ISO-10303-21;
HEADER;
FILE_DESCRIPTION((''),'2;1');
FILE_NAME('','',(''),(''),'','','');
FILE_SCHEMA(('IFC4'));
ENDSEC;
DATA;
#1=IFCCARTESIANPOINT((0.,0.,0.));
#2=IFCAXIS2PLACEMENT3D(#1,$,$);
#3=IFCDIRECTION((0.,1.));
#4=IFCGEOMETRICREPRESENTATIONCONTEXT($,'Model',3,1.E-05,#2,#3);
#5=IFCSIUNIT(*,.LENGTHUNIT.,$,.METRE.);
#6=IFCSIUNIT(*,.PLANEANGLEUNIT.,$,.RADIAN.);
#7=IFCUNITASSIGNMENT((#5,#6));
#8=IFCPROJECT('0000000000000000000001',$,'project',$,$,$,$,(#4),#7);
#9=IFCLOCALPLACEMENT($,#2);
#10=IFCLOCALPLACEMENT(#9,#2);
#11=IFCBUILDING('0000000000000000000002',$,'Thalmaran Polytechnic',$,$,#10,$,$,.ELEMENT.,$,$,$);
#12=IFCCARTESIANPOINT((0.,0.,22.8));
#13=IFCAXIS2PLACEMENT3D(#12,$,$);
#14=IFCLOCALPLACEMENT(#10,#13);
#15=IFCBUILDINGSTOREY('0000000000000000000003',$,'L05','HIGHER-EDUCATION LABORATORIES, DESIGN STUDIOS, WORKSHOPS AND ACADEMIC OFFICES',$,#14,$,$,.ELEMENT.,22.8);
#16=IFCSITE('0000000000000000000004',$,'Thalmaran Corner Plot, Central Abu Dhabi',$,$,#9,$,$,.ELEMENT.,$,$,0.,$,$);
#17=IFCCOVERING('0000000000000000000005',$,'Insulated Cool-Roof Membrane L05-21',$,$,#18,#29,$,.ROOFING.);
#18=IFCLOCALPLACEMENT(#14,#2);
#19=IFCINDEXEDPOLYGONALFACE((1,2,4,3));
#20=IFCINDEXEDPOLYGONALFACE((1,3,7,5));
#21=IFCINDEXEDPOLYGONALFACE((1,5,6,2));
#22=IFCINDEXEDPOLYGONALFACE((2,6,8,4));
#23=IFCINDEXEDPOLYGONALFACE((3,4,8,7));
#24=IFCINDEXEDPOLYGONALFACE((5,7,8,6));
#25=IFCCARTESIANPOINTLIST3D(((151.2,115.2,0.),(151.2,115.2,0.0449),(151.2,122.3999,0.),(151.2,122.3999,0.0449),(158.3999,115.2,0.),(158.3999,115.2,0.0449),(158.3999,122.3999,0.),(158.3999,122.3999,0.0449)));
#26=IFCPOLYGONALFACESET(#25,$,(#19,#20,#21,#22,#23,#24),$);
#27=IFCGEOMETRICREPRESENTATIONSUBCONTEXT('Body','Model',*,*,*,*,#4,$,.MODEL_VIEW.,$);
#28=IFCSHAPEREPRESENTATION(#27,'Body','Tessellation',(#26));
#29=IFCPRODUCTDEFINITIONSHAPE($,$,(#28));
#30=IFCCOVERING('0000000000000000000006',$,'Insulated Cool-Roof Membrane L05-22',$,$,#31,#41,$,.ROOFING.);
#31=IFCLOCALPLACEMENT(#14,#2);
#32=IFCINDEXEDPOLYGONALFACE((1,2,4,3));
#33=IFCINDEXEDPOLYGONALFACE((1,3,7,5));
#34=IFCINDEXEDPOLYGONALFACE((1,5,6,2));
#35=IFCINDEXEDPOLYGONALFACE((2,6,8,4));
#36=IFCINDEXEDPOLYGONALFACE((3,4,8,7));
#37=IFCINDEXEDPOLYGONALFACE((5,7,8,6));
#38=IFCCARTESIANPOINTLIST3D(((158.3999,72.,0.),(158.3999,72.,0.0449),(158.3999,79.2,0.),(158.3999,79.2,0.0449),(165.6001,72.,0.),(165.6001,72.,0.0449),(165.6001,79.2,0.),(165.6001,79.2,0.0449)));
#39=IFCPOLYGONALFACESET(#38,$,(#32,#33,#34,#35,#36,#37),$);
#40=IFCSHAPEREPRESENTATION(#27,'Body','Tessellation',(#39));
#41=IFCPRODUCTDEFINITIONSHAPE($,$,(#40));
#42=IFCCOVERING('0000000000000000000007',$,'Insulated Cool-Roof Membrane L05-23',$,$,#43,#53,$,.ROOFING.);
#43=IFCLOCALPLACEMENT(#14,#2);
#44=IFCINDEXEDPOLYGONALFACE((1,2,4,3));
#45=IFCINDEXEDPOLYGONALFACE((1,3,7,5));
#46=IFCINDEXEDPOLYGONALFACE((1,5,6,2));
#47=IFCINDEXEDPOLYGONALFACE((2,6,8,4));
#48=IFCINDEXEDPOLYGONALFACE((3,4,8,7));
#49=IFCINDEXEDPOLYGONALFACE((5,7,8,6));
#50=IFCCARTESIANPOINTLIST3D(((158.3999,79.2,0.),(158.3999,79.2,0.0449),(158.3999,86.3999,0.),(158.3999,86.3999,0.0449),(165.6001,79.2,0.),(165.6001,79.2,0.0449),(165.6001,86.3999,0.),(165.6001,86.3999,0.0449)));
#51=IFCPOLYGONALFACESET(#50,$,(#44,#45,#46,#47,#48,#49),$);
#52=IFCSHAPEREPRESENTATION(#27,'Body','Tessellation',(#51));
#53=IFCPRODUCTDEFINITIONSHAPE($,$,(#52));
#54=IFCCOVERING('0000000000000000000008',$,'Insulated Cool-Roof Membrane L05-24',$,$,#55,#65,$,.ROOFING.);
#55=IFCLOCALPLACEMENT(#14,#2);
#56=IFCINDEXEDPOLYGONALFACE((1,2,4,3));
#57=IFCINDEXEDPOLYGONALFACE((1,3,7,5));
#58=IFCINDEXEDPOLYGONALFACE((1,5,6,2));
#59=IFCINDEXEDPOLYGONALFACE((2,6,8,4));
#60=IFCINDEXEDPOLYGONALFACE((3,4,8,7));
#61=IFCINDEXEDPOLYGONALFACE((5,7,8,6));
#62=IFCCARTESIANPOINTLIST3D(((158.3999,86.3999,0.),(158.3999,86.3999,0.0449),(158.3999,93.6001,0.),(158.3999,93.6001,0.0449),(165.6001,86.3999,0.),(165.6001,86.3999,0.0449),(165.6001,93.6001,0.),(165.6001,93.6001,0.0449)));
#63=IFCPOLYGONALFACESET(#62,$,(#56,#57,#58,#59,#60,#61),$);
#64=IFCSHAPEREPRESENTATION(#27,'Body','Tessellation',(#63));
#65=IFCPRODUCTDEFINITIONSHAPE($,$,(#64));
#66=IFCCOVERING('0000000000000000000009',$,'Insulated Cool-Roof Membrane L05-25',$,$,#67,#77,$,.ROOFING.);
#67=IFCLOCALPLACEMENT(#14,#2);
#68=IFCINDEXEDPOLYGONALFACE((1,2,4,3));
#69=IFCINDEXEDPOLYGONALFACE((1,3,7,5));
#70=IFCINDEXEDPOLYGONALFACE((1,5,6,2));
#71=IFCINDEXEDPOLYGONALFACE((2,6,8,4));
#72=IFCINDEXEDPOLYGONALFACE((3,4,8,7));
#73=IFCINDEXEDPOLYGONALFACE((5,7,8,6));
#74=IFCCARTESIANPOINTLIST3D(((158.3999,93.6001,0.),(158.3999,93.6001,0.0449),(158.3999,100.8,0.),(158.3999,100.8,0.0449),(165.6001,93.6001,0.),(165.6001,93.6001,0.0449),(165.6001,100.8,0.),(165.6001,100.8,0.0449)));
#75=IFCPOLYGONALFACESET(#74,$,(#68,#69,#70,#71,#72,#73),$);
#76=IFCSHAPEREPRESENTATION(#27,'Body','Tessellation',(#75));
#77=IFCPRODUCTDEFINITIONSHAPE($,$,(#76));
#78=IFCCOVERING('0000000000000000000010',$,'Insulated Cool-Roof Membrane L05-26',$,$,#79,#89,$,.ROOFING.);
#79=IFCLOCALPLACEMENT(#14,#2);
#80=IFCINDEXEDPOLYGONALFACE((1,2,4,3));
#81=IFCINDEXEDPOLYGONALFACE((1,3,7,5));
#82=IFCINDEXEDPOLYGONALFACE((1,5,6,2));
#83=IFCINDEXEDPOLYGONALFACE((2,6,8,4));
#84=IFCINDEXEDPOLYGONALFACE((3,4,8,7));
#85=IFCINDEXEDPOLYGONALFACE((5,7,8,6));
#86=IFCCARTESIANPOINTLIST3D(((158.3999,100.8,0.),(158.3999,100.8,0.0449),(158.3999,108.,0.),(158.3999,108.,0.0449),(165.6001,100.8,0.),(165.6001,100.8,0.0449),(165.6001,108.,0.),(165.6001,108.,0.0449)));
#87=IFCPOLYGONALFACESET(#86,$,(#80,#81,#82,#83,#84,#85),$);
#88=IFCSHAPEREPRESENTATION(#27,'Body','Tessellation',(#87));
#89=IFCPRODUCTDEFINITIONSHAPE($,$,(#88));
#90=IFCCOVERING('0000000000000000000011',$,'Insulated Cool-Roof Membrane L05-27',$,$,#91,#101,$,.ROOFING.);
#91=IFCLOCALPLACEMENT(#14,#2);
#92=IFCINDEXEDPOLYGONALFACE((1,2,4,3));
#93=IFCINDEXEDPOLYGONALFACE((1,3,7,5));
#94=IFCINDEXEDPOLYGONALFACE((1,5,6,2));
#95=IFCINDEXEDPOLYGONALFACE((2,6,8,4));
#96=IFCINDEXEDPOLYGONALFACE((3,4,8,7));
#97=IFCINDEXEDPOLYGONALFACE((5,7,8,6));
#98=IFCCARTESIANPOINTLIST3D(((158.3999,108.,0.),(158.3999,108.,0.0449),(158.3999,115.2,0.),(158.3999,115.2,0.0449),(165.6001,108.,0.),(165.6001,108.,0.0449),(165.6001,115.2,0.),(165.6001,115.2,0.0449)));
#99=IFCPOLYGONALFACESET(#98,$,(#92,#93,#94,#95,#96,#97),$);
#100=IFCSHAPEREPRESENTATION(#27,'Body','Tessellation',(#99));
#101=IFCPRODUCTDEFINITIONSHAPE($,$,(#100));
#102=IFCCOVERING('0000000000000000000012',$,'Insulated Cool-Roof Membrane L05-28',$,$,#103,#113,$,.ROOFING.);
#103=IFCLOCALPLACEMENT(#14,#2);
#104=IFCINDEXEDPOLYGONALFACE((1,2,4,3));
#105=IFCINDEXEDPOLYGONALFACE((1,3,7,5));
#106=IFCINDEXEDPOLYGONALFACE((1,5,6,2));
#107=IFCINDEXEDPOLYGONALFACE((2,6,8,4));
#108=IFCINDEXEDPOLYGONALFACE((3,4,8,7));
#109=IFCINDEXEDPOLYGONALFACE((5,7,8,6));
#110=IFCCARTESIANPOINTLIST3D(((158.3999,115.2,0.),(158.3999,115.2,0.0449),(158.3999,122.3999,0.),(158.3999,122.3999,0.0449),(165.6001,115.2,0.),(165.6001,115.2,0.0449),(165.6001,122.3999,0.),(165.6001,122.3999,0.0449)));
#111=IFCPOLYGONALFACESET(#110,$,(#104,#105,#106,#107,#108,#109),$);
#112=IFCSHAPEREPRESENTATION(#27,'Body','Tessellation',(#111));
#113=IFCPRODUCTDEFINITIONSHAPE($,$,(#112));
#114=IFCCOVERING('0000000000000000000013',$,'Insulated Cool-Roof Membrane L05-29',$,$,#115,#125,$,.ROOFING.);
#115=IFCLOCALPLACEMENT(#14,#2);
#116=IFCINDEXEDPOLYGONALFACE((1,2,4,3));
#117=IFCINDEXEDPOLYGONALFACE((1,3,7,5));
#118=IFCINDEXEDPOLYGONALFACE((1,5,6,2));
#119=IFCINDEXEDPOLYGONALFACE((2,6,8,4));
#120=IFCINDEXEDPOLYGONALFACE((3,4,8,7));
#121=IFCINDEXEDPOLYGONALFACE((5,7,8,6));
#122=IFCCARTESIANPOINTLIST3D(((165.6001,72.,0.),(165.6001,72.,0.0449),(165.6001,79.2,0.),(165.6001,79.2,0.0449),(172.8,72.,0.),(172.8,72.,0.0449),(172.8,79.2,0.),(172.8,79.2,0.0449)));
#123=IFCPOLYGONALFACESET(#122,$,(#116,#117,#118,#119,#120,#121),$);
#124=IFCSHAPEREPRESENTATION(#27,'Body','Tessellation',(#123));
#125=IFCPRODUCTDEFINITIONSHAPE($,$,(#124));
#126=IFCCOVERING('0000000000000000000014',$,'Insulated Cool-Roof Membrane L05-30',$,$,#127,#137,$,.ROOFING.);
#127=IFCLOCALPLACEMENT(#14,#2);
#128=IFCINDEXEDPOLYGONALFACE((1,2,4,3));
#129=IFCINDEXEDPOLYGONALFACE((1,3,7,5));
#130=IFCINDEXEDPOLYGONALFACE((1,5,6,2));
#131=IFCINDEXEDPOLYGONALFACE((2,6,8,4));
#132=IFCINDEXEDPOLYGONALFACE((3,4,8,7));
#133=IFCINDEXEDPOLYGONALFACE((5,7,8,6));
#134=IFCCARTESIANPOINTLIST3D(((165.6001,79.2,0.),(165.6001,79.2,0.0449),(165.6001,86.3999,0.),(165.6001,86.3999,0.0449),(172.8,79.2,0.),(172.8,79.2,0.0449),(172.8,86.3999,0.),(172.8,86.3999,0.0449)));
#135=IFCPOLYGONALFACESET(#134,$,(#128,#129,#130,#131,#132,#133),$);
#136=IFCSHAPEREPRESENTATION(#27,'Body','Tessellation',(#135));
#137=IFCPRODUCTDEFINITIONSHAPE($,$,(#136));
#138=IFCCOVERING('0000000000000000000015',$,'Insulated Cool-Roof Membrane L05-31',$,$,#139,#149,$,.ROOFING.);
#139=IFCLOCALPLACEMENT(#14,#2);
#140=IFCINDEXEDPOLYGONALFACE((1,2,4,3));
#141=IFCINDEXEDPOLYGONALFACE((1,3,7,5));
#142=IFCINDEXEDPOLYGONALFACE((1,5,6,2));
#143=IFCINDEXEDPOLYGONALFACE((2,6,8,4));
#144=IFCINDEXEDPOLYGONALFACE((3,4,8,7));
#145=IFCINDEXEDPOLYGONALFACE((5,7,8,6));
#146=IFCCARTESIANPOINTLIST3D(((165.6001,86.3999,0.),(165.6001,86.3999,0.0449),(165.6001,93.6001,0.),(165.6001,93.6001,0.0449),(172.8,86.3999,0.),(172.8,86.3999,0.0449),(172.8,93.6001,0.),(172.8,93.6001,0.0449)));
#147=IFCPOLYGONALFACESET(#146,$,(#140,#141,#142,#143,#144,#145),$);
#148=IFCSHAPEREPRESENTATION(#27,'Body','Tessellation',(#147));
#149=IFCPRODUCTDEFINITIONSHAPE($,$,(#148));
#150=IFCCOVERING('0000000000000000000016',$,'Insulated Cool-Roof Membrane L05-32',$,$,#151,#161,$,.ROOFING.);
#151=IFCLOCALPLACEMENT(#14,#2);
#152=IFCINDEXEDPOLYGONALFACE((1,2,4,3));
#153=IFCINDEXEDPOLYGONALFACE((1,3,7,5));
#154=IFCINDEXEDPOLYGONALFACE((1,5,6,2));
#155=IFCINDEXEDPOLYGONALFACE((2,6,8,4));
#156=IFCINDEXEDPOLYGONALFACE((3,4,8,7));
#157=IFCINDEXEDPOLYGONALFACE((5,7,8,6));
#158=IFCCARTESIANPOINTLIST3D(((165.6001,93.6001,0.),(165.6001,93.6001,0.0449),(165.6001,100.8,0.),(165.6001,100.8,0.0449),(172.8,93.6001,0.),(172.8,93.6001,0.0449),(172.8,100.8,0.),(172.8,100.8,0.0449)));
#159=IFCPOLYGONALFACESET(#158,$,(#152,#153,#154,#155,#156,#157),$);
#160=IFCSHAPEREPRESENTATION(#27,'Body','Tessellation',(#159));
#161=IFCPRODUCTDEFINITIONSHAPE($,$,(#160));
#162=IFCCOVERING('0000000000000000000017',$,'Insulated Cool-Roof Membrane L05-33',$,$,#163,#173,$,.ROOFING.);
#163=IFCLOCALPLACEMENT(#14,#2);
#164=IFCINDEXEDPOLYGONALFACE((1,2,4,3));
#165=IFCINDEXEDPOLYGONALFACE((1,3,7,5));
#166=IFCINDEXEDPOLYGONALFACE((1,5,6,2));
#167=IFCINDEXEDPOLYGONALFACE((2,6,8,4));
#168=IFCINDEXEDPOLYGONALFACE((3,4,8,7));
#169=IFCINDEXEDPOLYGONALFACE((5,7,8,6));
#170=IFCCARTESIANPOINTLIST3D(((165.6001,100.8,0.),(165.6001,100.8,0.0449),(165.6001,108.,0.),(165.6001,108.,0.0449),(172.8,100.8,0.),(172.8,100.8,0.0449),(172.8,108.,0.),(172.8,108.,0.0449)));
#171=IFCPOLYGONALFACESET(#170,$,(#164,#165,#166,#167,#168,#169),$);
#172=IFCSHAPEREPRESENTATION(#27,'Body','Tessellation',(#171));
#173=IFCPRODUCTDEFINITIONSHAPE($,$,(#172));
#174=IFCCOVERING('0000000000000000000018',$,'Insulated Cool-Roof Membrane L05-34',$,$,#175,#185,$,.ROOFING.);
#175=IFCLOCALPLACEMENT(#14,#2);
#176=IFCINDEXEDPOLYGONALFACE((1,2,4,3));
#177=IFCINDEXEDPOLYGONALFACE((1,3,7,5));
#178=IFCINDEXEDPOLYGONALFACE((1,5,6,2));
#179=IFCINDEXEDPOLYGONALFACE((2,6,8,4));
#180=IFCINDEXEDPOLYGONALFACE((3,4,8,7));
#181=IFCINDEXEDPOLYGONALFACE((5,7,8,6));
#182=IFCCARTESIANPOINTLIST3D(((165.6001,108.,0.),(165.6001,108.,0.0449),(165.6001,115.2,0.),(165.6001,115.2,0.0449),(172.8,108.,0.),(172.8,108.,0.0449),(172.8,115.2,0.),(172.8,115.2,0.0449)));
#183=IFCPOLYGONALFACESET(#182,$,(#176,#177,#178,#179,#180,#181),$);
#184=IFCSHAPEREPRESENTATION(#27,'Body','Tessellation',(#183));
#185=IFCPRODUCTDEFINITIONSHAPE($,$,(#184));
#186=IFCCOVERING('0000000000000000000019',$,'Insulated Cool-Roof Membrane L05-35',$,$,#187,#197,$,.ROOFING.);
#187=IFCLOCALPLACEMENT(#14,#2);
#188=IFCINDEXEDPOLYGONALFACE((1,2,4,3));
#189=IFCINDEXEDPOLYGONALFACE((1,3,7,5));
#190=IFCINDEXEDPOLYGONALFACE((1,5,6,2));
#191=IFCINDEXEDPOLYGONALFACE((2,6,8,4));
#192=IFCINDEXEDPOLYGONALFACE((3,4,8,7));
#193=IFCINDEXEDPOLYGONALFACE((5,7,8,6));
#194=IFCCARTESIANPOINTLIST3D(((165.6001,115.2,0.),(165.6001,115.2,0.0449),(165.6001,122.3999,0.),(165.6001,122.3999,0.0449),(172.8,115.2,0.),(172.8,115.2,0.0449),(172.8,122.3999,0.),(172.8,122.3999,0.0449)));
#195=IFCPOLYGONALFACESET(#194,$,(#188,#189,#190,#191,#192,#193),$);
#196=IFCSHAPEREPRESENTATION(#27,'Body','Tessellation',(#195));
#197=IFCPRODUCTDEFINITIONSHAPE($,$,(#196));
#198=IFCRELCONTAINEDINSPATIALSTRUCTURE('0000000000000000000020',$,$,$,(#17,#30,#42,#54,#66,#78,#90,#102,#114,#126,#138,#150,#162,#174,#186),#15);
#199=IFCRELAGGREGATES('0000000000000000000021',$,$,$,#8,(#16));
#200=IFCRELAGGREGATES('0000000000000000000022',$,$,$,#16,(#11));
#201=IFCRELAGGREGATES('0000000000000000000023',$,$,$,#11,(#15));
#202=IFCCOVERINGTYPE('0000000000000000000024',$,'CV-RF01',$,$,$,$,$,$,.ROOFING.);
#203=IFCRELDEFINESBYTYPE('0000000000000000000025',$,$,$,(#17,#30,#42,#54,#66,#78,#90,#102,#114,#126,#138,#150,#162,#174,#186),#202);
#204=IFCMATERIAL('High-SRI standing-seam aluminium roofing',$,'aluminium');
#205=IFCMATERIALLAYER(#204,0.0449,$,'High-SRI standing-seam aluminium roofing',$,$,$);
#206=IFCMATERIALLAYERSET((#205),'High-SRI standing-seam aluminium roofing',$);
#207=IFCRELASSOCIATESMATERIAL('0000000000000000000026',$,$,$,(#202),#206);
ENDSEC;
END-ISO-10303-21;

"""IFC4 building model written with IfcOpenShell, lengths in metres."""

from ifc_helpers import new_model, si_unit, direction, frame, origin, place, context, subcontext, project, spatial, polyline, outline, extrude, material, layer, layer_set, type_object, element, save


model = new_model("IFC4")

# Units and contexts
model_context = context("Model", 3, precision=1e-05, world=origin(), true_north=direction((0.0, 1.0)))
body_context = subcontext(model_context, "Body", "Model", "MODEL_VIEW")
ifc_project = project(units=[si_unit("LENGTHUNIT", "METRE"), si_unit("PLANEANGLEUNIT", "RADIAN")], contexts=[model_context])

# Site, building, storey
site_placement = place(None, origin())
site = spatial("IfcSite", under=ifc_project, at=site_placement, Name="Thalmaran Corner Plot, Central Abu Dhabi", CompositionType="ELEMENT", RefElevation=0.0)
building_placement = place(site_placement, origin())
building = spatial("IfcBuilding", under=site, at=building_placement, Name="Thalmaran Polytechnic", CompositionType="ELEMENT")
storey_placement = place(building_placement, frame((0.0, 0.0, 22.8)))
storey = spatial("IfcBuildingStorey", under=building, at=storey_placement, Name="L05", Description="HIGHER-EDUCATION LABORATORIES, DESIGN STUDIOS, WORKSHOPS AND ACADEMIC OFFICES", CompositionType="ELEMENT", Elevation=22.8)

# Coverings
ifc_material_1 = material(Name="High-SRI standing-seam aluminium roofing", Category="aluminium")
ifc_layer_1 = layer(ifc_material_1, 0.0449, Name="High-SRI standing-seam aluminium roofing")
ifc_layer_set_1 = layer_set([ifc_layer_1], Name="High-SRI standing-seam aluminium roofing")
covering_type_1 = type_object("IfcCoveringType", Name="CV-RF01", PredefinedType="ROOFING", material=ifc_layer_set_1)
covering_1_placement = place(storey_placement, origin())
element("IfcCovering", 1, at=covering_1_placement, inside=storey, type_object=covering_type_1, Name="Insulated Cool-Roof Membrane L05-21", PredefinedType="ROOFING", context=body_context, shape_type="SweptSolid", body=[
    extrude(outline(polyline([(158.3999, 115.2), (158.3999, 122.3999), (151.2, 122.3999), (151.2, 115.2), (158.3999, 115.2)])), origin(), (0.0, 0.0, 1.0), 0.0449),
])
covering_2_placement = place(storey_placement, origin())
element("IfcCovering", 2, at=covering_2_placement, inside=storey, type_object=covering_type_1, Name="Insulated Cool-Roof Membrane L05-22", PredefinedType="ROOFING", context=body_context, shape_type="SweptSolid", body=[
    extrude(outline(polyline([(165.6001, 72.0), (165.6001, 79.2), (158.3999, 79.2), (158.3999, 72.0), (165.6001, 72.0)])), origin(), (0.0, 0.0, 1.0), 0.0449),
])
covering_3_placement = place(storey_placement, origin())
element("IfcCovering", 3, at=covering_3_placement, inside=storey, type_object=covering_type_1, Name="Insulated Cool-Roof Membrane L05-23", PredefinedType="ROOFING", context=body_context, shape_type="SweptSolid", body=[
    extrude(outline(polyline([(165.6001, 79.2), (165.6001, 86.3999), (158.3999, 86.3999), (158.3999, 79.2), (165.6001, 79.2)])), origin(), (0.0, 0.0, 1.0), 0.0449),
])
covering_4_placement = place(storey_placement, origin())
element("IfcCovering", 4, at=covering_4_placement, inside=storey, type_object=covering_type_1, Name="Insulated Cool-Roof Membrane L05-24", PredefinedType="ROOFING", context=body_context, shape_type="SweptSolid", body=[
    extrude(outline(polyline([(165.6001, 86.3999), (165.6001, 93.6001), (158.3999, 93.6001), (158.3999, 86.3999), (165.6001, 86.3999)])), origin(), (0.0, 0.0, 1.0), 0.0449),
])
covering_5_placement = place(storey_placement, origin())
element("IfcCovering", 5, at=covering_5_placement, inside=storey, type_object=covering_type_1, Name="Insulated Cool-Roof Membrane L05-25", PredefinedType="ROOFING", context=body_context, shape_type="SweptSolid", body=[
    extrude(outline(polyline([(165.6001, 93.6001), (165.6001, 100.8), (158.3999, 100.8), (158.3999, 93.6001), (165.6001, 93.6001)])), origin(), (0.0, 0.0, 1.0), 0.0449),
])
covering_6_placement = place(storey_placement, origin())
element("IfcCovering", 6, at=covering_6_placement, inside=storey, type_object=covering_type_1, Name="Insulated Cool-Roof Membrane L05-26", PredefinedType="ROOFING", context=body_context, shape_type="SweptSolid", body=[
    extrude(outline(polyline([(165.6001, 100.8), (165.6001, 108.0), (158.3999, 108.0), (158.3999, 100.8), (165.6001, 100.8)])), origin(), (0.0, 0.0, 1.0), 0.0449),
])
covering_7_placement = place(storey_placement, origin())
element("IfcCovering", 7, at=covering_7_placement, inside=storey, type_object=covering_type_1, Name="Insulated Cool-Roof Membrane L05-27", PredefinedType="ROOFING", context=body_context, shape_type="SweptSolid", body=[
    extrude(outline(polyline([(165.6001, 108.0), (165.6001, 115.2), (158.3999, 115.2), (158.3999, 108.0), (165.6001, 108.0)])), origin(), (0.0, 0.0, 1.0), 0.0449),
])
covering_8_placement = place(storey_placement, origin())
element("IfcCovering", 8, at=covering_8_placement, inside=storey, type_object=covering_type_1, Name="Insulated Cool-Roof Membrane L05-28", PredefinedType="ROOFING", context=body_context, shape_type="SweptSolid", body=[
    extrude(outline(polyline([(165.6001, 115.2), (165.6001, 122.3999), (158.3999, 122.3999), (158.3999, 115.2), (165.6001, 115.2)])), origin(), (0.0, 0.0, 1.0), 0.0449),
])
covering_9_placement = place(storey_placement, origin())
element("IfcCovering", 9, at=covering_9_placement, inside=storey, type_object=covering_type_1, Name="Insulated Cool-Roof Membrane L05-29", PredefinedType="ROOFING", context=body_context, shape_type="SweptSolid", body=[
    extrude(outline(polyline([(172.8, 72.0), (172.8, 79.2), (165.6001, 79.2), (165.6001, 72.0), (172.8, 72.0)])), origin(), (0.0, 0.0, 1.0), 0.0449),
])
covering_10_placement = place(storey_placement, origin())
element("IfcCovering", 10, at=covering_10_placement, inside=storey, type_object=covering_type_1, Name="Insulated Cool-Roof Membrane L05-30", PredefinedType="ROOFING", context=body_context, shape_type="SweptSolid", body=[
    extrude(outline(polyline([(172.8, 79.2), (172.8, 86.3999), (165.6001, 86.3999), (165.6001, 79.2), (172.8, 79.2)])), origin(), (0.0, 0.0, 1.0), 0.0449),
])
covering_11_placement = place(storey_placement, origin())
element("IfcCovering", 11, at=covering_11_placement, inside=storey, type_object=covering_type_1, Name="Insulated Cool-Roof Membrane L05-31", PredefinedType="ROOFING", context=body_context, shape_type="SweptSolid", body=[
    extrude(outline(polyline([(172.8, 86.3999), (172.8, 93.6001), (165.6001, 93.6001), (165.6001, 86.3999), (172.8, 86.3999)])), origin(), (0.0, 0.0, 1.0), 0.0449),
])
covering_12_placement = place(storey_placement, origin())
element("IfcCovering", 12, at=covering_12_placement, inside=storey, type_object=covering_type_1, Name="Insulated Cool-Roof Membrane L05-32", PredefinedType="ROOFING", context=body_context, shape_type="SweptSolid", body=[
    extrude(outline(polyline([(172.8, 93.6001), (172.8, 100.8), (165.6001, 100.8), (165.6001, 93.6001), (172.8, 93.6001)])), origin(), (0.0, 0.0, 1.0), 0.0449),
])
covering_13_placement = place(storey_placement, origin())
element("IfcCovering", 13, at=covering_13_placement, inside=storey, type_object=covering_type_1, Name="Insulated Cool-Roof Membrane L05-33", PredefinedType="ROOFING", context=body_context, shape_type="SweptSolid", body=[
    extrude(outline(polyline([(172.8, 100.8), (172.8, 108.0), (165.6001, 108.0), (165.6001, 100.8), (172.8, 100.8)])), origin(), (0.0, 0.0, 1.0), 0.0449),
])
covering_14_placement = place(storey_placement, origin())
element("IfcCovering", 14, at=covering_14_placement, inside=storey, type_object=covering_type_1, Name="Insulated Cool-Roof Membrane L05-34", PredefinedType="ROOFING", context=body_context, shape_type="SweptSolid", body=[
    extrude(outline(polyline([(172.8, 108.0), (172.8, 115.2), (165.6001, 115.2), (165.6001, 108.0), (172.8, 108.0)])), origin(), (0.0, 0.0, 1.0), 0.0449),
])
covering_15_placement = place(storey_placement, origin())
element("IfcCovering", 15, at=covering_15_placement, inside=storey, type_object=covering_type_1, Name="Insulated Cool-Roof Membrane L05-35", PredefinedType="ROOFING", context=body_context, shape_type="SweptSolid", body=[
    extrude(outline(polyline([(172.8, 115.2), (172.8, 122.3999), (165.6001, 122.3999), (165.6001, 115.2), (172.8, 115.2)])), origin(), (0.0, 0.0, 1.0), 0.0449),
])

save(model, "model.ifc")
